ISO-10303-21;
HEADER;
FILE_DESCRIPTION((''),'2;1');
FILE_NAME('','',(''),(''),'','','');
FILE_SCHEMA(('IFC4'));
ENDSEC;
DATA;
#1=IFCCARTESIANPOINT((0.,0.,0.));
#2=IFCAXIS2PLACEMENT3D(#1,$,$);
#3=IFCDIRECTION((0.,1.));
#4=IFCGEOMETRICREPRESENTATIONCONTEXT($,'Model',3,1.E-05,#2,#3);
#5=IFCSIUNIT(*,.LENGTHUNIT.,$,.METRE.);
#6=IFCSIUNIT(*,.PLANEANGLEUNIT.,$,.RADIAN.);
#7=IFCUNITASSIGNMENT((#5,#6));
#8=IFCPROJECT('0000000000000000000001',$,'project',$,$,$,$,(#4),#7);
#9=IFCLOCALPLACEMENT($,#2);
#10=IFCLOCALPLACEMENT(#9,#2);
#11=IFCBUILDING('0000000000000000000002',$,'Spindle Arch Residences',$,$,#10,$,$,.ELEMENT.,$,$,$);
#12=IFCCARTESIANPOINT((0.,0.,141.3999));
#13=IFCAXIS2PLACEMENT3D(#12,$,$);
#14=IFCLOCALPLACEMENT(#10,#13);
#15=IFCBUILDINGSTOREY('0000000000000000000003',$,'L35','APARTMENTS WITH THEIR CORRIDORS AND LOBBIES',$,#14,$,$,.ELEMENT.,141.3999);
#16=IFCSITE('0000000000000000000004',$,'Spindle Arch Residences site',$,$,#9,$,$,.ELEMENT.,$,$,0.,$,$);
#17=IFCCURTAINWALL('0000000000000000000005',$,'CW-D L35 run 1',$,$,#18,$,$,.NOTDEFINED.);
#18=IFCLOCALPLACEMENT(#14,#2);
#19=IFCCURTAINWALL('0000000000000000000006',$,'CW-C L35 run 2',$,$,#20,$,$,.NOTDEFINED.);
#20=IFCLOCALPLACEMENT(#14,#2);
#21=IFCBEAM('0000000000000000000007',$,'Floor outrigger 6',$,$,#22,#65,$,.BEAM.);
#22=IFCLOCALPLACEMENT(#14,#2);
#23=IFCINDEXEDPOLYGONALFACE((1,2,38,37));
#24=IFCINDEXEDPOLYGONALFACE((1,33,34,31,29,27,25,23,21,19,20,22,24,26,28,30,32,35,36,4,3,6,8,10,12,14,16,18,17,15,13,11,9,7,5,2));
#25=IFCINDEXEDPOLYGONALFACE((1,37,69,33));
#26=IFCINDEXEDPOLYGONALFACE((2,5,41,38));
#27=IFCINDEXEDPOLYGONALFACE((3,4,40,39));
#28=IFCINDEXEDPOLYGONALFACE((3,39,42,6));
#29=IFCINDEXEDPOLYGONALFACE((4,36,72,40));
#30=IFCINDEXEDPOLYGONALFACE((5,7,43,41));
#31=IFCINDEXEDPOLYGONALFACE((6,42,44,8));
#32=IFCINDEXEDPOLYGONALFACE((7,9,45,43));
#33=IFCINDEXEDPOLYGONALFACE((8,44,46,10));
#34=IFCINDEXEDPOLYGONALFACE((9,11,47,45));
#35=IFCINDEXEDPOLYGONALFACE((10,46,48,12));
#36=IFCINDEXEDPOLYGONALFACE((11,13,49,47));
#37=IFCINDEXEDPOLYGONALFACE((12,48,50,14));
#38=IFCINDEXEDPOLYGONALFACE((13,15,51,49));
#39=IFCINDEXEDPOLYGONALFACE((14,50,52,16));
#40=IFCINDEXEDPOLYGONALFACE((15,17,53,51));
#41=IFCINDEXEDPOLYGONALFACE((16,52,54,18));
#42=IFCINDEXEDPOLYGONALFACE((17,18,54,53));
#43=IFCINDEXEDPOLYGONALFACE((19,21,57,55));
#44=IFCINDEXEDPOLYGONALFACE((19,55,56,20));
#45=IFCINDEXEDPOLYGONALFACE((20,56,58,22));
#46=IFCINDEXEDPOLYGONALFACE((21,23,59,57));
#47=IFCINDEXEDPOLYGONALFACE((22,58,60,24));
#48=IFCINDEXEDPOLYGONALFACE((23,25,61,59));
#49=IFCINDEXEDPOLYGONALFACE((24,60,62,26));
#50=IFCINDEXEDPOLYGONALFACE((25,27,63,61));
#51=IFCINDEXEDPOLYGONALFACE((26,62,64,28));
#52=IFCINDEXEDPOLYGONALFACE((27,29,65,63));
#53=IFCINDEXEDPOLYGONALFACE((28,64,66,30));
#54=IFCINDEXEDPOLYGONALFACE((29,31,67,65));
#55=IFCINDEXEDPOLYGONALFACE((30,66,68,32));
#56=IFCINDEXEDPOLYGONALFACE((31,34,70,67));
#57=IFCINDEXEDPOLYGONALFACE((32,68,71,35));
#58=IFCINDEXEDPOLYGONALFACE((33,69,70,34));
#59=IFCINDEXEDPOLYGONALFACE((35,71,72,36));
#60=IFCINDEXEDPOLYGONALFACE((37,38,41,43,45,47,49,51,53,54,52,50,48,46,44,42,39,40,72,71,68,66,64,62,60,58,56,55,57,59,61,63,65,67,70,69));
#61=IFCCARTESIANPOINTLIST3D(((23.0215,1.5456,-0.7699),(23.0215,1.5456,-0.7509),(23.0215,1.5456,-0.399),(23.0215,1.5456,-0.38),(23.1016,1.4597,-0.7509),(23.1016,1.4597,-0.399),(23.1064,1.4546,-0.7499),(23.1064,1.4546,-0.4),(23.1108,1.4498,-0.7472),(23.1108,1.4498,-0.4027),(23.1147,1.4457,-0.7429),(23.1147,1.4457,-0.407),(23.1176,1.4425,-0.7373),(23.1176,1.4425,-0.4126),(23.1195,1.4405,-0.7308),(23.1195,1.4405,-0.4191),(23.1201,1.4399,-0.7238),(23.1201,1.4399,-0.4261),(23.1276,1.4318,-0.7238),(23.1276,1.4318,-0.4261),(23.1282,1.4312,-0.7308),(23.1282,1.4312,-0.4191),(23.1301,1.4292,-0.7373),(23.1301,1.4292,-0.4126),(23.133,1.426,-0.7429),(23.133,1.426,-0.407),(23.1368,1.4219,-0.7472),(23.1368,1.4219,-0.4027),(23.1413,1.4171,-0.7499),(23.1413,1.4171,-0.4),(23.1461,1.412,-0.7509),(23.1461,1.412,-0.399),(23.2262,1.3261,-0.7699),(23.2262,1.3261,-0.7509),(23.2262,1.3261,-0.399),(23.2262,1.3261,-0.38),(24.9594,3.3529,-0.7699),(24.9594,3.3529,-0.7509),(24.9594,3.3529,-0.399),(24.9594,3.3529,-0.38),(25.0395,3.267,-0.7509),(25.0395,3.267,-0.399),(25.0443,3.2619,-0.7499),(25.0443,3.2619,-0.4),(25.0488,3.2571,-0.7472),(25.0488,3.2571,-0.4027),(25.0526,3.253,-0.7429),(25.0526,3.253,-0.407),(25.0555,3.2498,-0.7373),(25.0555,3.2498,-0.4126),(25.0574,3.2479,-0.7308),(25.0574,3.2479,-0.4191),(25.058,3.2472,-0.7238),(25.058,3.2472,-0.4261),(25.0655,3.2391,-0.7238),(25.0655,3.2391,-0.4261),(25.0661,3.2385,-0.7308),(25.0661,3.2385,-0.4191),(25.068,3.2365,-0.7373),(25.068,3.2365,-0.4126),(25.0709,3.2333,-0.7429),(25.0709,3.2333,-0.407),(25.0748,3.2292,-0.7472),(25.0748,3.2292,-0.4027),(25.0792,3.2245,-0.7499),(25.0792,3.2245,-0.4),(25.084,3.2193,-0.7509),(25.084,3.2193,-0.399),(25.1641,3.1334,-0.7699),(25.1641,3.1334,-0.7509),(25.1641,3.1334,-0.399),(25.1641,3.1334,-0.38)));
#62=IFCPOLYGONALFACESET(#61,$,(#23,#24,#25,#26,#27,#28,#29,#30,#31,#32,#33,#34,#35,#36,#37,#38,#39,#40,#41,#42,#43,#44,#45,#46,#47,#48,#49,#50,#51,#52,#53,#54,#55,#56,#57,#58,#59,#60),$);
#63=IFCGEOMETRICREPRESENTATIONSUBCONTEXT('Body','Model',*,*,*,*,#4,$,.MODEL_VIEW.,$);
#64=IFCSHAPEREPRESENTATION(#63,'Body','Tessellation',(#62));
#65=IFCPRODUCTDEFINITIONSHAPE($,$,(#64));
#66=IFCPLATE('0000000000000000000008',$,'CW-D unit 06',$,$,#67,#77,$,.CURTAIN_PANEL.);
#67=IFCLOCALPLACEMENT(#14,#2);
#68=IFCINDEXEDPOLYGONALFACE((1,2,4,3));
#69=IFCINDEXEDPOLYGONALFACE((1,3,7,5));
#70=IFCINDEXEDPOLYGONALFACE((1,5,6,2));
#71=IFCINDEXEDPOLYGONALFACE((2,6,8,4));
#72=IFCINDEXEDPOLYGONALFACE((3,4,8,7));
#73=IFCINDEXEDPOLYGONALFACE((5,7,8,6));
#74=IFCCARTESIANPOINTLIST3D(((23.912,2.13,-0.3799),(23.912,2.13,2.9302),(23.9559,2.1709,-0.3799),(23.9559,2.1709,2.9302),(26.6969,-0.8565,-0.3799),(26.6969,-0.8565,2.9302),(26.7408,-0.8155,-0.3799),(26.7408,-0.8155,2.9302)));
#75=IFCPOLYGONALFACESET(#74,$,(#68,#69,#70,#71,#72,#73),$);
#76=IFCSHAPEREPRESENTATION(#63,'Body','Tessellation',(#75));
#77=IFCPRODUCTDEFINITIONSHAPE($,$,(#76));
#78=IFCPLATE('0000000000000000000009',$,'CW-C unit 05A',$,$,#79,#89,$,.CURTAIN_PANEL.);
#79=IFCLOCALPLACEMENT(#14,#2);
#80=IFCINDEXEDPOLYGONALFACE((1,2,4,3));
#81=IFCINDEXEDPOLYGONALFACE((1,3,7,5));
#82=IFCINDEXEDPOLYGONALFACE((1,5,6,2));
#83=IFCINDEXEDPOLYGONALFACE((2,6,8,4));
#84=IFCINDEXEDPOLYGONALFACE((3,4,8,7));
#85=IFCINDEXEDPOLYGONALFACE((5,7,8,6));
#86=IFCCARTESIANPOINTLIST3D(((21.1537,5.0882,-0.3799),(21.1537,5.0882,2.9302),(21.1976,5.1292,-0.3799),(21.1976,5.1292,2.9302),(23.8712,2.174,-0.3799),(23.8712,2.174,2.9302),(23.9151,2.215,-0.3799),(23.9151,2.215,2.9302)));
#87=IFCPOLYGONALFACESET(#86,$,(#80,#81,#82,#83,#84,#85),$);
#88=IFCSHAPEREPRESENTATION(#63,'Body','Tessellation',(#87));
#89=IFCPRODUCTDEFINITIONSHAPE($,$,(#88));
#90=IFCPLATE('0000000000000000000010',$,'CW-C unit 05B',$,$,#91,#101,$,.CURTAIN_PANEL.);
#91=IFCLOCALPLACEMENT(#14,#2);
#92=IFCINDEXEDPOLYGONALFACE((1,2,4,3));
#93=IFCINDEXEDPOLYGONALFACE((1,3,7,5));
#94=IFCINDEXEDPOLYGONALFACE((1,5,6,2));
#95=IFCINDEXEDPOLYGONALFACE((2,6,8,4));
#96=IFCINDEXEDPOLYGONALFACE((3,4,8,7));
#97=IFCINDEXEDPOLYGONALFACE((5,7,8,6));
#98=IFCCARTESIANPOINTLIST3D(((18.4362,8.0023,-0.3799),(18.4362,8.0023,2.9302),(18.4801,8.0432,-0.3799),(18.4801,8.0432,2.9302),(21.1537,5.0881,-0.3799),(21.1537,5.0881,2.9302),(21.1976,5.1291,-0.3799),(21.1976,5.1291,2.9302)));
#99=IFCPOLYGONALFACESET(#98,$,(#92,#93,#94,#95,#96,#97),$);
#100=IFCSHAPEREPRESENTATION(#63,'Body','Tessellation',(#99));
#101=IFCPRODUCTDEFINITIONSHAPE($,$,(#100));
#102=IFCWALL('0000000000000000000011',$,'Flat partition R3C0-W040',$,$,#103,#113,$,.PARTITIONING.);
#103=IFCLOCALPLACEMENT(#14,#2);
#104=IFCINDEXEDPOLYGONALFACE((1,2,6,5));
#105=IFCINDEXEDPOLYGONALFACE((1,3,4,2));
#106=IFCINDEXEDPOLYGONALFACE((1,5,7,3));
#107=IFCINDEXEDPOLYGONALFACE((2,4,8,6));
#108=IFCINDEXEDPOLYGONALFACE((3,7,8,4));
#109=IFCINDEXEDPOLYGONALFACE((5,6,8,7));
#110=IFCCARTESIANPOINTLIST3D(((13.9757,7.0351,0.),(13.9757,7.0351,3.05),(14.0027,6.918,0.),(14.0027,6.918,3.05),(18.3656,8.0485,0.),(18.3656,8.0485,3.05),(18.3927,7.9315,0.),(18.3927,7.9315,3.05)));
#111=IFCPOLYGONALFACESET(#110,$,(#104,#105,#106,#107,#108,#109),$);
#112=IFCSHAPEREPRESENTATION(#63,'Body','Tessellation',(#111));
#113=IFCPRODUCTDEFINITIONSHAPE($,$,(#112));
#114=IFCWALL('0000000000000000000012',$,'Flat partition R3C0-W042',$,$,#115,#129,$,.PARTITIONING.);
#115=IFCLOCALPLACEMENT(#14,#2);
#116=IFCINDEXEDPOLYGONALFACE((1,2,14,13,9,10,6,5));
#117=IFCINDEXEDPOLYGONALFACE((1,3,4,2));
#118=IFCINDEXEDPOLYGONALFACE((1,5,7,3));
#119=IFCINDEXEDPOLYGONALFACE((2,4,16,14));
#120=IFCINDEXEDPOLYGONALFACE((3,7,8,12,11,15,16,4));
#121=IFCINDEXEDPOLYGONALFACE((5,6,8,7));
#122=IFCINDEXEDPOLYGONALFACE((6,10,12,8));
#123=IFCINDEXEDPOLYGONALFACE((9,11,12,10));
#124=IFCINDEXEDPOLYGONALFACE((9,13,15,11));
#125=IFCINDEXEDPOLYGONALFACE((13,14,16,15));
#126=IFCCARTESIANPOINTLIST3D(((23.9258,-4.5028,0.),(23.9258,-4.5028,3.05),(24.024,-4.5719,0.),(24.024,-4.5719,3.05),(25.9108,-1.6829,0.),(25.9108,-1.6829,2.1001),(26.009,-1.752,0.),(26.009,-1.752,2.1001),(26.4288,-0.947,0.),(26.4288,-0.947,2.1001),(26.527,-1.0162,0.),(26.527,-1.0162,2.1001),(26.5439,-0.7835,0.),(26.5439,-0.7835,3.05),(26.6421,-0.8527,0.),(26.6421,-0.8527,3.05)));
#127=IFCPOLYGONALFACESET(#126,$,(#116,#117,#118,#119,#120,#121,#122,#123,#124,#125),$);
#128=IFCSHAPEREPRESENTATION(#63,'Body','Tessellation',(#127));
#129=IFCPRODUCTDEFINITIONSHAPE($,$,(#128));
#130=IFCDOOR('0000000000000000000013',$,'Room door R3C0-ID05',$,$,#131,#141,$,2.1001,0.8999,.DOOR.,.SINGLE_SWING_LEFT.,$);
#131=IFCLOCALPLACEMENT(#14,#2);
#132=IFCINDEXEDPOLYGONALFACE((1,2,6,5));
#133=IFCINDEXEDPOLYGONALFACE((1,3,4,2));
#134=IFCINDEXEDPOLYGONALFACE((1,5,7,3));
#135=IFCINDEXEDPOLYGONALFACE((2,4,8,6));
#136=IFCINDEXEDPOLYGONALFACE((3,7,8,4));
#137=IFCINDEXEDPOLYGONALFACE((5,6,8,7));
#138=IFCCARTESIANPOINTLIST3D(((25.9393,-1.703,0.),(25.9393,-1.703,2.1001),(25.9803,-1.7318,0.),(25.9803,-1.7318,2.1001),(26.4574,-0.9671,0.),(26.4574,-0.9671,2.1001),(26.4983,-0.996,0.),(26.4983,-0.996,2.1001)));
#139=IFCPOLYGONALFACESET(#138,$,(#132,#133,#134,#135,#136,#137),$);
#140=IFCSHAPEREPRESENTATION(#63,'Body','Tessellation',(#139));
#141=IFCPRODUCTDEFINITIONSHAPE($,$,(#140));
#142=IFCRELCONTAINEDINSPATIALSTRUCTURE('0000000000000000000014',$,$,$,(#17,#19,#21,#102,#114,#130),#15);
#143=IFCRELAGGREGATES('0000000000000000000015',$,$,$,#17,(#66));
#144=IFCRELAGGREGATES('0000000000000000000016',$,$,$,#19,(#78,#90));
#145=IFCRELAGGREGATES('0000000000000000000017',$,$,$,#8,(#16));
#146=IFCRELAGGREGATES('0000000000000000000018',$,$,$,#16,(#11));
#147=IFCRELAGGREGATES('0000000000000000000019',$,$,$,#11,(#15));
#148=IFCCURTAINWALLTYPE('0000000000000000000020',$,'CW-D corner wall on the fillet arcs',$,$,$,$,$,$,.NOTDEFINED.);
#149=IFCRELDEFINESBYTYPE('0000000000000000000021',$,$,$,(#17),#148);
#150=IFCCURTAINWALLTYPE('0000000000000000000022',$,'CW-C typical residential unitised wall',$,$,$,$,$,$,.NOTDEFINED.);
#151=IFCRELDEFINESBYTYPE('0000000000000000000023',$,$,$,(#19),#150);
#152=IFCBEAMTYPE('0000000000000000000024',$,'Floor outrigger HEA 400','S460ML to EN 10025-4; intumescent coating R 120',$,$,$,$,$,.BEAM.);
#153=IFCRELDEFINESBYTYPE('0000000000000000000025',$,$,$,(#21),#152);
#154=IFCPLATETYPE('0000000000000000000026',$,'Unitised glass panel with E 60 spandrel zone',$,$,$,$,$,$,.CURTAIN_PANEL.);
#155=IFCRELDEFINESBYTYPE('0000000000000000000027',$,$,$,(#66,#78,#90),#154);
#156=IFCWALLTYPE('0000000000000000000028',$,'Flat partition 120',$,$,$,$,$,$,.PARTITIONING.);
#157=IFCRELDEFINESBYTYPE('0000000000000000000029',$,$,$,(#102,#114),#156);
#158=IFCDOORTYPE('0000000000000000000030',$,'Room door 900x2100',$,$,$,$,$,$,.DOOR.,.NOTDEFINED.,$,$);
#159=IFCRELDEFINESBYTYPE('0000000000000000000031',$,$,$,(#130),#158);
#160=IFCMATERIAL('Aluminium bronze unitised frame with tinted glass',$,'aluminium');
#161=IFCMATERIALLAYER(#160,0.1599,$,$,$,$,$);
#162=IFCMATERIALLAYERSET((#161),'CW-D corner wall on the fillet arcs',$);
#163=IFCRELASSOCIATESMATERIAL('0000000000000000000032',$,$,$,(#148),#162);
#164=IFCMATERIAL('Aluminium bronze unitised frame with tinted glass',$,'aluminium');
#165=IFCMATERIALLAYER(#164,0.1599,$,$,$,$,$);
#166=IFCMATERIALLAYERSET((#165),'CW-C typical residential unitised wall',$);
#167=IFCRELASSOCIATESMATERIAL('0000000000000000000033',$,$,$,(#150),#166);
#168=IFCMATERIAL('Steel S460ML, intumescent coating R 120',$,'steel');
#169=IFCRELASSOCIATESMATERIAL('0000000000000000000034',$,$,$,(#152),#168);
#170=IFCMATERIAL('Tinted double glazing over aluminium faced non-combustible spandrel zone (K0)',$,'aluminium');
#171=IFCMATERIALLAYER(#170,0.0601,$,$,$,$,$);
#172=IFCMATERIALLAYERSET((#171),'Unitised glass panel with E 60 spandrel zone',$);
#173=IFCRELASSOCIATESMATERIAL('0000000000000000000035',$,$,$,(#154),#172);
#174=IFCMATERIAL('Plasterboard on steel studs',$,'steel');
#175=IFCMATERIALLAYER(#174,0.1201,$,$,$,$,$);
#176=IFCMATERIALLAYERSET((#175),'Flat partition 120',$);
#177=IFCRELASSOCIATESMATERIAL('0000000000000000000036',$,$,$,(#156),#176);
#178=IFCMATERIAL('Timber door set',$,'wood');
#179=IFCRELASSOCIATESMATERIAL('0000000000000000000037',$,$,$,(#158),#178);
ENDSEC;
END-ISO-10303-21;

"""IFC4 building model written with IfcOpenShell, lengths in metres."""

from ifc_helpers import new_model, si_unit, direction, frame, frame_2d, origin, origin_2d, place, context, subcontext, project, spatial, rectangle, i_section, extrude, material, layer, layer_set, material_profile, profile_set, type_object, element, fill, aggregate, save


model = new_model("IFC4")

# Units and contexts
model_context = context("Model", 3, precision=1e-05, world=origin(), true_north=direction((0.0, 1.0)))
body_context = subcontext(model_context, "Body", "Model", "MODEL_VIEW")
ifc_project = project(units=[si_unit("LENGTHUNIT", "METRE"), si_unit("PLANEANGLEUNIT", "RADIAN")], contexts=[model_context])

# Site, building, storey
site_placement = place(None, origin())
site = spatial("IfcSite", under=ifc_project, at=site_placement, Name="Spindle Arch Residences site", CompositionType="ELEMENT", RefElevation=0.0)
building_placement = place(site_placement, origin())
building = spatial("IfcBuilding", under=site, at=building_placement, Name="Spindle Arch Residences", CompositionType="ELEMENT")
storey_placement = place(building_placement, frame((0.0, 0.0, 141.3999)))
storey = spatial("IfcBuildingStorey", under=building, at=storey_placement, Name="L35", Description="APARTMENTS WITH THEIR CORRIDORS AND LOBBIES", CompositionType="ELEMENT", Elevation=141.3999)

# Curtain walls
ifc_material_1 = material(Name="Aluminium bronze unitised frame with tinted glass", Category="aluminium")
ifc_layer_1 = layer(ifc_material_1, 0.1599)
ifc_layer_set_1 = layer_set([ifc_layer_1], Name="CW-D corner wall on the fillet arcs")
curtain_wall_type_1 = type_object("IfcCurtainWallType", Name="CW-D corner wall on the fillet arcs", PredefinedType="NOTDEFINED", material=ifc_layer_set_1)
curtain_wall_1_placement = place(storey_placement, origin())
curtain_wall_1 = element("IfcCurtainWall", 1, at=curtain_wall_1_placement, inside=storey, type_object=curtain_wall_type_1, Name="CW-D L35 run 1", PredefinedType="NOTDEFINED")
ifc_material_2 = material(Name="Aluminium bronze unitised frame with tinted glass", Category="aluminium")
ifc_layer_2 = layer(ifc_material_2, 0.1599)
ifc_layer_set_2 = layer_set([ifc_layer_2], Name="CW-C typical residential unitised wall")
curtain_wall_type_2 = type_object("IfcCurtainWallType", Name="CW-C typical residential unitised wall", PredefinedType="NOTDEFINED", material=ifc_layer_set_2)
curtain_wall_2_placement = place(storey_placement, origin())
curtain_wall_2 = element("IfcCurtainWall", 2, at=curtain_wall_2_placement, inside=storey, type_object=curtain_wall_type_2, Name="CW-C L35 run 2", PredefinedType="NOTDEFINED")

# Beam
ifc_material_3 = material(Name="Steel S460ML, intumescent coating R 120", Category="steel")
ifc_material_profile_1 = material_profile(ifc_material_3, i_section(OverallWidth=0.3, OverallDepth=0.3899, WebThickness=0.011, FlangeThickness=0.019, FilletRadius=0.0271, at=origin_2d()), Name="HEA 400")
ifc_profile_set_1 = profile_set([ifc_material_profile_1], Name="Steel S460ML, intumescent coating R 120")
beam_type_1 = type_object("IfcBeamType", Name="Floor outrigger HEA 400", Description="S460ML to EN 10025-4; intumescent coating R 120", PredefinedType="BEAM", material=ifc_profile_set_1)
beam_1_placement = place(storey_placement, frame((25.0618, 3.2432, -0.575), z_axis=(-0.731322, -0.682033, 0.0), x_axis=(0.682033, -0.731322, 0.0)))
element("IfcBeam", 3, at=beam_1_placement, inside=storey, type_object=beam_type_1, Name="Floor outrigger 6", PredefinedType="BEAM", context=body_context, shape_type="SweptSolid", body=[
    extrude(i_section(OverallWidth=0.3, OverallDepth=0.3899, WebThickness=0.011, FlangeThickness=0.019, FilletRadius=0.0271, at=origin_2d()), origin(), (0.0, 0.0, 1.0), 2.6499),
])

# Plates
ifc_material_4 = material(Name="Tinted double glazing over aluminium faced non-combustible spandrel zone (K0)", Category="aluminium")
ifc_layer_3 = layer(ifc_material_4, 0.0601)
ifc_layer_set_3 = layer_set([ifc_layer_3], Name="Unitised glass panel with E 60 spandrel zone")
plate_type = type_object("IfcPlateType", Name="Unitised glass panel with E 60 spandrel zone", PredefinedType="CURTAIN_PANEL", material=ifc_layer_set_3)
plate_1_placement = place(storey_placement, frame((25.3264, 0.6572, -0.3799), z_axis=(0.0, 0.0, 1.0), x_axis=(-0.681998, 0.731354, 0.0)))
plate_1 = element("IfcPlate", 4, at=plate_1_placement, type_object=plate_type, Name="CW-D unit 06", PredefinedType="CURTAIN_PANEL", context=body_context, shape_type="SweptSolid", body=[
    extrude(rectangle(XDim=4.0835, YDim=0.0601, at=origin_2d()), origin(), (0.0, 0.0, 1.0), 3.3101),
])
aggregate(curtain_wall_1, [plate_1])
plate_2_placement = place(storey_placement, frame((22.5344, 3.6516, -0.3799), z_axis=(0.0, 0.0, 1.0), x_axis=(-0.681998, 0.731354, 0.0)))
plate_2 = element("IfcPlate", 5, at=plate_2_placement, type_object=plate_type, Name="CW-C unit 05A", PredefinedType="CURTAIN_PANEL", context=body_context, shape_type="SweptSolid", body=[
    extrude(rectangle(XDim=3.9846, YDim=0.0601, at=origin_2d()), origin(), (0.0, 0.0, 1.0), 3.3101),
])
plate_3_placement = place(storey_placement, frame((19.8169, 6.5657, -0.3799), z_axis=(0.0, 0.0, 1.0), x_axis=(-0.681998, 0.731354, 0.0)))
plate_3 = element("IfcPlate", 6, at=plate_3_placement, type_object=plate_type, Name="CW-C unit 05B", PredefinedType="CURTAIN_PANEL", context=body_context, shape_type="SweptSolid", body=[
    extrude(rectangle(XDim=3.9846, YDim=0.0601, at=origin_2d()), origin(), (0.0, 0.0, 1.0), 3.3101),
])
aggregate(curtain_wall_2, [plate_2, plate_3])

# Wall
ifc_material_5 = material(Name="Plasterboard on steel studs", Category="steel")
ifc_layer_4 = layer(ifc_material_5, 0.1201)
ifc_layer_set_4 = layer_set([ifc_layer_4], Name="Flat partition 120")
wall_type = type_object("IfcWallType", Name="Flat partition 120", PredefinedType="PARTITIONING", material=ifc_layer_set_4)
wall_1_placement = place(storey_placement, frame((18.3792, 7.99, 0.0), z_axis=(0.0, 0.0, 1.0), x_axis=(-0.974373, -0.224939, 0.0)))
element("IfcWall", 7, at=wall_1_placement, inside=storey, type_object=wall_type, Name="Flat partition R3C0-W040", PredefinedType="PARTITIONING", context=body_context, shape_type="SweptSolid", body=[
    extrude(rectangle(XDim=4.5054, YDim=0.1201, at=frame_2d((2.2527, 0.0))), origin(), (0.0, 0.0, 1.0), 3.05),
])

# Wall, opening, door
wall_2_placement = place(storey_placement, frame((26.593, -0.8181, 0.0), z_axis=(0.0, 0.0, 1.0), x_axis=(-0.575629, -0.817711, 0.0)))
wall_2 = element("IfcWall", 8, at=wall_2_placement, inside=storey, type_object=wall_type, Name="Flat partition R3C0-W042", PredefinedType="PARTITIONING", context=body_context, shape_type="SweptSolid", body=[
    extrude(rectangle(XDim=4.5483, YDim=0.1201, at=frame_2d((2.2742, 0.0))), origin(), (0.0, 0.0, 1.0), 3.05),
])
opening_placement = place(wall_2_placement, frame((0.2, 0.0, 0.0)))
opening = element("IfcOpeningElement", 9, at=opening_placement, cuts=wall_2, PredefinedType="OPENING", context=body_context, shape_type="SweptSolid", body=[
    extrude(rectangle(XDim=0.8999, YDim=2.1001, at=frame_2d((0.45, 1.05))), frame((0.0, 0.0701, 0.0), z_axis=(0.0, -1.0, 0.0), x_axis=(1.0, 0.0, 0.0)), (0.0, 0.0, 1.0), 0.1401),
])
ifc_material_6 = material(Name="Timber door set", Category="wood")
door_type = type_object("IfcDoorType", Name="Room door 900x2100", OperationType="NOTDEFINED", PredefinedType="DOOR", material=ifc_material_6)
door_placement = place(opening_placement, origin())
door = element("IfcDoor", 10, at=door_placement, inside=storey, type_object=door_type, Name="Room door R3C0-ID05", OperationType="SINGLE_SWING_LEFT", OverallHeight=2.1001, OverallWidth=0.8999, PredefinedType="DOOR", context=body_context, shape_type="SweptSolid", body=[
    extrude(rectangle(XDim=0.8999, YDim=2.1001, at=frame_2d((0.45, 1.05))), frame((0.0, 0.0249, 0.0), z_axis=(0.0, -1.0, 0.0), x_axis=(1.0, 0.0, 0.0)), (0.0, 0.0, 1.0), 0.05),
])
fill(opening, door)

save(model, "model.ifc")
